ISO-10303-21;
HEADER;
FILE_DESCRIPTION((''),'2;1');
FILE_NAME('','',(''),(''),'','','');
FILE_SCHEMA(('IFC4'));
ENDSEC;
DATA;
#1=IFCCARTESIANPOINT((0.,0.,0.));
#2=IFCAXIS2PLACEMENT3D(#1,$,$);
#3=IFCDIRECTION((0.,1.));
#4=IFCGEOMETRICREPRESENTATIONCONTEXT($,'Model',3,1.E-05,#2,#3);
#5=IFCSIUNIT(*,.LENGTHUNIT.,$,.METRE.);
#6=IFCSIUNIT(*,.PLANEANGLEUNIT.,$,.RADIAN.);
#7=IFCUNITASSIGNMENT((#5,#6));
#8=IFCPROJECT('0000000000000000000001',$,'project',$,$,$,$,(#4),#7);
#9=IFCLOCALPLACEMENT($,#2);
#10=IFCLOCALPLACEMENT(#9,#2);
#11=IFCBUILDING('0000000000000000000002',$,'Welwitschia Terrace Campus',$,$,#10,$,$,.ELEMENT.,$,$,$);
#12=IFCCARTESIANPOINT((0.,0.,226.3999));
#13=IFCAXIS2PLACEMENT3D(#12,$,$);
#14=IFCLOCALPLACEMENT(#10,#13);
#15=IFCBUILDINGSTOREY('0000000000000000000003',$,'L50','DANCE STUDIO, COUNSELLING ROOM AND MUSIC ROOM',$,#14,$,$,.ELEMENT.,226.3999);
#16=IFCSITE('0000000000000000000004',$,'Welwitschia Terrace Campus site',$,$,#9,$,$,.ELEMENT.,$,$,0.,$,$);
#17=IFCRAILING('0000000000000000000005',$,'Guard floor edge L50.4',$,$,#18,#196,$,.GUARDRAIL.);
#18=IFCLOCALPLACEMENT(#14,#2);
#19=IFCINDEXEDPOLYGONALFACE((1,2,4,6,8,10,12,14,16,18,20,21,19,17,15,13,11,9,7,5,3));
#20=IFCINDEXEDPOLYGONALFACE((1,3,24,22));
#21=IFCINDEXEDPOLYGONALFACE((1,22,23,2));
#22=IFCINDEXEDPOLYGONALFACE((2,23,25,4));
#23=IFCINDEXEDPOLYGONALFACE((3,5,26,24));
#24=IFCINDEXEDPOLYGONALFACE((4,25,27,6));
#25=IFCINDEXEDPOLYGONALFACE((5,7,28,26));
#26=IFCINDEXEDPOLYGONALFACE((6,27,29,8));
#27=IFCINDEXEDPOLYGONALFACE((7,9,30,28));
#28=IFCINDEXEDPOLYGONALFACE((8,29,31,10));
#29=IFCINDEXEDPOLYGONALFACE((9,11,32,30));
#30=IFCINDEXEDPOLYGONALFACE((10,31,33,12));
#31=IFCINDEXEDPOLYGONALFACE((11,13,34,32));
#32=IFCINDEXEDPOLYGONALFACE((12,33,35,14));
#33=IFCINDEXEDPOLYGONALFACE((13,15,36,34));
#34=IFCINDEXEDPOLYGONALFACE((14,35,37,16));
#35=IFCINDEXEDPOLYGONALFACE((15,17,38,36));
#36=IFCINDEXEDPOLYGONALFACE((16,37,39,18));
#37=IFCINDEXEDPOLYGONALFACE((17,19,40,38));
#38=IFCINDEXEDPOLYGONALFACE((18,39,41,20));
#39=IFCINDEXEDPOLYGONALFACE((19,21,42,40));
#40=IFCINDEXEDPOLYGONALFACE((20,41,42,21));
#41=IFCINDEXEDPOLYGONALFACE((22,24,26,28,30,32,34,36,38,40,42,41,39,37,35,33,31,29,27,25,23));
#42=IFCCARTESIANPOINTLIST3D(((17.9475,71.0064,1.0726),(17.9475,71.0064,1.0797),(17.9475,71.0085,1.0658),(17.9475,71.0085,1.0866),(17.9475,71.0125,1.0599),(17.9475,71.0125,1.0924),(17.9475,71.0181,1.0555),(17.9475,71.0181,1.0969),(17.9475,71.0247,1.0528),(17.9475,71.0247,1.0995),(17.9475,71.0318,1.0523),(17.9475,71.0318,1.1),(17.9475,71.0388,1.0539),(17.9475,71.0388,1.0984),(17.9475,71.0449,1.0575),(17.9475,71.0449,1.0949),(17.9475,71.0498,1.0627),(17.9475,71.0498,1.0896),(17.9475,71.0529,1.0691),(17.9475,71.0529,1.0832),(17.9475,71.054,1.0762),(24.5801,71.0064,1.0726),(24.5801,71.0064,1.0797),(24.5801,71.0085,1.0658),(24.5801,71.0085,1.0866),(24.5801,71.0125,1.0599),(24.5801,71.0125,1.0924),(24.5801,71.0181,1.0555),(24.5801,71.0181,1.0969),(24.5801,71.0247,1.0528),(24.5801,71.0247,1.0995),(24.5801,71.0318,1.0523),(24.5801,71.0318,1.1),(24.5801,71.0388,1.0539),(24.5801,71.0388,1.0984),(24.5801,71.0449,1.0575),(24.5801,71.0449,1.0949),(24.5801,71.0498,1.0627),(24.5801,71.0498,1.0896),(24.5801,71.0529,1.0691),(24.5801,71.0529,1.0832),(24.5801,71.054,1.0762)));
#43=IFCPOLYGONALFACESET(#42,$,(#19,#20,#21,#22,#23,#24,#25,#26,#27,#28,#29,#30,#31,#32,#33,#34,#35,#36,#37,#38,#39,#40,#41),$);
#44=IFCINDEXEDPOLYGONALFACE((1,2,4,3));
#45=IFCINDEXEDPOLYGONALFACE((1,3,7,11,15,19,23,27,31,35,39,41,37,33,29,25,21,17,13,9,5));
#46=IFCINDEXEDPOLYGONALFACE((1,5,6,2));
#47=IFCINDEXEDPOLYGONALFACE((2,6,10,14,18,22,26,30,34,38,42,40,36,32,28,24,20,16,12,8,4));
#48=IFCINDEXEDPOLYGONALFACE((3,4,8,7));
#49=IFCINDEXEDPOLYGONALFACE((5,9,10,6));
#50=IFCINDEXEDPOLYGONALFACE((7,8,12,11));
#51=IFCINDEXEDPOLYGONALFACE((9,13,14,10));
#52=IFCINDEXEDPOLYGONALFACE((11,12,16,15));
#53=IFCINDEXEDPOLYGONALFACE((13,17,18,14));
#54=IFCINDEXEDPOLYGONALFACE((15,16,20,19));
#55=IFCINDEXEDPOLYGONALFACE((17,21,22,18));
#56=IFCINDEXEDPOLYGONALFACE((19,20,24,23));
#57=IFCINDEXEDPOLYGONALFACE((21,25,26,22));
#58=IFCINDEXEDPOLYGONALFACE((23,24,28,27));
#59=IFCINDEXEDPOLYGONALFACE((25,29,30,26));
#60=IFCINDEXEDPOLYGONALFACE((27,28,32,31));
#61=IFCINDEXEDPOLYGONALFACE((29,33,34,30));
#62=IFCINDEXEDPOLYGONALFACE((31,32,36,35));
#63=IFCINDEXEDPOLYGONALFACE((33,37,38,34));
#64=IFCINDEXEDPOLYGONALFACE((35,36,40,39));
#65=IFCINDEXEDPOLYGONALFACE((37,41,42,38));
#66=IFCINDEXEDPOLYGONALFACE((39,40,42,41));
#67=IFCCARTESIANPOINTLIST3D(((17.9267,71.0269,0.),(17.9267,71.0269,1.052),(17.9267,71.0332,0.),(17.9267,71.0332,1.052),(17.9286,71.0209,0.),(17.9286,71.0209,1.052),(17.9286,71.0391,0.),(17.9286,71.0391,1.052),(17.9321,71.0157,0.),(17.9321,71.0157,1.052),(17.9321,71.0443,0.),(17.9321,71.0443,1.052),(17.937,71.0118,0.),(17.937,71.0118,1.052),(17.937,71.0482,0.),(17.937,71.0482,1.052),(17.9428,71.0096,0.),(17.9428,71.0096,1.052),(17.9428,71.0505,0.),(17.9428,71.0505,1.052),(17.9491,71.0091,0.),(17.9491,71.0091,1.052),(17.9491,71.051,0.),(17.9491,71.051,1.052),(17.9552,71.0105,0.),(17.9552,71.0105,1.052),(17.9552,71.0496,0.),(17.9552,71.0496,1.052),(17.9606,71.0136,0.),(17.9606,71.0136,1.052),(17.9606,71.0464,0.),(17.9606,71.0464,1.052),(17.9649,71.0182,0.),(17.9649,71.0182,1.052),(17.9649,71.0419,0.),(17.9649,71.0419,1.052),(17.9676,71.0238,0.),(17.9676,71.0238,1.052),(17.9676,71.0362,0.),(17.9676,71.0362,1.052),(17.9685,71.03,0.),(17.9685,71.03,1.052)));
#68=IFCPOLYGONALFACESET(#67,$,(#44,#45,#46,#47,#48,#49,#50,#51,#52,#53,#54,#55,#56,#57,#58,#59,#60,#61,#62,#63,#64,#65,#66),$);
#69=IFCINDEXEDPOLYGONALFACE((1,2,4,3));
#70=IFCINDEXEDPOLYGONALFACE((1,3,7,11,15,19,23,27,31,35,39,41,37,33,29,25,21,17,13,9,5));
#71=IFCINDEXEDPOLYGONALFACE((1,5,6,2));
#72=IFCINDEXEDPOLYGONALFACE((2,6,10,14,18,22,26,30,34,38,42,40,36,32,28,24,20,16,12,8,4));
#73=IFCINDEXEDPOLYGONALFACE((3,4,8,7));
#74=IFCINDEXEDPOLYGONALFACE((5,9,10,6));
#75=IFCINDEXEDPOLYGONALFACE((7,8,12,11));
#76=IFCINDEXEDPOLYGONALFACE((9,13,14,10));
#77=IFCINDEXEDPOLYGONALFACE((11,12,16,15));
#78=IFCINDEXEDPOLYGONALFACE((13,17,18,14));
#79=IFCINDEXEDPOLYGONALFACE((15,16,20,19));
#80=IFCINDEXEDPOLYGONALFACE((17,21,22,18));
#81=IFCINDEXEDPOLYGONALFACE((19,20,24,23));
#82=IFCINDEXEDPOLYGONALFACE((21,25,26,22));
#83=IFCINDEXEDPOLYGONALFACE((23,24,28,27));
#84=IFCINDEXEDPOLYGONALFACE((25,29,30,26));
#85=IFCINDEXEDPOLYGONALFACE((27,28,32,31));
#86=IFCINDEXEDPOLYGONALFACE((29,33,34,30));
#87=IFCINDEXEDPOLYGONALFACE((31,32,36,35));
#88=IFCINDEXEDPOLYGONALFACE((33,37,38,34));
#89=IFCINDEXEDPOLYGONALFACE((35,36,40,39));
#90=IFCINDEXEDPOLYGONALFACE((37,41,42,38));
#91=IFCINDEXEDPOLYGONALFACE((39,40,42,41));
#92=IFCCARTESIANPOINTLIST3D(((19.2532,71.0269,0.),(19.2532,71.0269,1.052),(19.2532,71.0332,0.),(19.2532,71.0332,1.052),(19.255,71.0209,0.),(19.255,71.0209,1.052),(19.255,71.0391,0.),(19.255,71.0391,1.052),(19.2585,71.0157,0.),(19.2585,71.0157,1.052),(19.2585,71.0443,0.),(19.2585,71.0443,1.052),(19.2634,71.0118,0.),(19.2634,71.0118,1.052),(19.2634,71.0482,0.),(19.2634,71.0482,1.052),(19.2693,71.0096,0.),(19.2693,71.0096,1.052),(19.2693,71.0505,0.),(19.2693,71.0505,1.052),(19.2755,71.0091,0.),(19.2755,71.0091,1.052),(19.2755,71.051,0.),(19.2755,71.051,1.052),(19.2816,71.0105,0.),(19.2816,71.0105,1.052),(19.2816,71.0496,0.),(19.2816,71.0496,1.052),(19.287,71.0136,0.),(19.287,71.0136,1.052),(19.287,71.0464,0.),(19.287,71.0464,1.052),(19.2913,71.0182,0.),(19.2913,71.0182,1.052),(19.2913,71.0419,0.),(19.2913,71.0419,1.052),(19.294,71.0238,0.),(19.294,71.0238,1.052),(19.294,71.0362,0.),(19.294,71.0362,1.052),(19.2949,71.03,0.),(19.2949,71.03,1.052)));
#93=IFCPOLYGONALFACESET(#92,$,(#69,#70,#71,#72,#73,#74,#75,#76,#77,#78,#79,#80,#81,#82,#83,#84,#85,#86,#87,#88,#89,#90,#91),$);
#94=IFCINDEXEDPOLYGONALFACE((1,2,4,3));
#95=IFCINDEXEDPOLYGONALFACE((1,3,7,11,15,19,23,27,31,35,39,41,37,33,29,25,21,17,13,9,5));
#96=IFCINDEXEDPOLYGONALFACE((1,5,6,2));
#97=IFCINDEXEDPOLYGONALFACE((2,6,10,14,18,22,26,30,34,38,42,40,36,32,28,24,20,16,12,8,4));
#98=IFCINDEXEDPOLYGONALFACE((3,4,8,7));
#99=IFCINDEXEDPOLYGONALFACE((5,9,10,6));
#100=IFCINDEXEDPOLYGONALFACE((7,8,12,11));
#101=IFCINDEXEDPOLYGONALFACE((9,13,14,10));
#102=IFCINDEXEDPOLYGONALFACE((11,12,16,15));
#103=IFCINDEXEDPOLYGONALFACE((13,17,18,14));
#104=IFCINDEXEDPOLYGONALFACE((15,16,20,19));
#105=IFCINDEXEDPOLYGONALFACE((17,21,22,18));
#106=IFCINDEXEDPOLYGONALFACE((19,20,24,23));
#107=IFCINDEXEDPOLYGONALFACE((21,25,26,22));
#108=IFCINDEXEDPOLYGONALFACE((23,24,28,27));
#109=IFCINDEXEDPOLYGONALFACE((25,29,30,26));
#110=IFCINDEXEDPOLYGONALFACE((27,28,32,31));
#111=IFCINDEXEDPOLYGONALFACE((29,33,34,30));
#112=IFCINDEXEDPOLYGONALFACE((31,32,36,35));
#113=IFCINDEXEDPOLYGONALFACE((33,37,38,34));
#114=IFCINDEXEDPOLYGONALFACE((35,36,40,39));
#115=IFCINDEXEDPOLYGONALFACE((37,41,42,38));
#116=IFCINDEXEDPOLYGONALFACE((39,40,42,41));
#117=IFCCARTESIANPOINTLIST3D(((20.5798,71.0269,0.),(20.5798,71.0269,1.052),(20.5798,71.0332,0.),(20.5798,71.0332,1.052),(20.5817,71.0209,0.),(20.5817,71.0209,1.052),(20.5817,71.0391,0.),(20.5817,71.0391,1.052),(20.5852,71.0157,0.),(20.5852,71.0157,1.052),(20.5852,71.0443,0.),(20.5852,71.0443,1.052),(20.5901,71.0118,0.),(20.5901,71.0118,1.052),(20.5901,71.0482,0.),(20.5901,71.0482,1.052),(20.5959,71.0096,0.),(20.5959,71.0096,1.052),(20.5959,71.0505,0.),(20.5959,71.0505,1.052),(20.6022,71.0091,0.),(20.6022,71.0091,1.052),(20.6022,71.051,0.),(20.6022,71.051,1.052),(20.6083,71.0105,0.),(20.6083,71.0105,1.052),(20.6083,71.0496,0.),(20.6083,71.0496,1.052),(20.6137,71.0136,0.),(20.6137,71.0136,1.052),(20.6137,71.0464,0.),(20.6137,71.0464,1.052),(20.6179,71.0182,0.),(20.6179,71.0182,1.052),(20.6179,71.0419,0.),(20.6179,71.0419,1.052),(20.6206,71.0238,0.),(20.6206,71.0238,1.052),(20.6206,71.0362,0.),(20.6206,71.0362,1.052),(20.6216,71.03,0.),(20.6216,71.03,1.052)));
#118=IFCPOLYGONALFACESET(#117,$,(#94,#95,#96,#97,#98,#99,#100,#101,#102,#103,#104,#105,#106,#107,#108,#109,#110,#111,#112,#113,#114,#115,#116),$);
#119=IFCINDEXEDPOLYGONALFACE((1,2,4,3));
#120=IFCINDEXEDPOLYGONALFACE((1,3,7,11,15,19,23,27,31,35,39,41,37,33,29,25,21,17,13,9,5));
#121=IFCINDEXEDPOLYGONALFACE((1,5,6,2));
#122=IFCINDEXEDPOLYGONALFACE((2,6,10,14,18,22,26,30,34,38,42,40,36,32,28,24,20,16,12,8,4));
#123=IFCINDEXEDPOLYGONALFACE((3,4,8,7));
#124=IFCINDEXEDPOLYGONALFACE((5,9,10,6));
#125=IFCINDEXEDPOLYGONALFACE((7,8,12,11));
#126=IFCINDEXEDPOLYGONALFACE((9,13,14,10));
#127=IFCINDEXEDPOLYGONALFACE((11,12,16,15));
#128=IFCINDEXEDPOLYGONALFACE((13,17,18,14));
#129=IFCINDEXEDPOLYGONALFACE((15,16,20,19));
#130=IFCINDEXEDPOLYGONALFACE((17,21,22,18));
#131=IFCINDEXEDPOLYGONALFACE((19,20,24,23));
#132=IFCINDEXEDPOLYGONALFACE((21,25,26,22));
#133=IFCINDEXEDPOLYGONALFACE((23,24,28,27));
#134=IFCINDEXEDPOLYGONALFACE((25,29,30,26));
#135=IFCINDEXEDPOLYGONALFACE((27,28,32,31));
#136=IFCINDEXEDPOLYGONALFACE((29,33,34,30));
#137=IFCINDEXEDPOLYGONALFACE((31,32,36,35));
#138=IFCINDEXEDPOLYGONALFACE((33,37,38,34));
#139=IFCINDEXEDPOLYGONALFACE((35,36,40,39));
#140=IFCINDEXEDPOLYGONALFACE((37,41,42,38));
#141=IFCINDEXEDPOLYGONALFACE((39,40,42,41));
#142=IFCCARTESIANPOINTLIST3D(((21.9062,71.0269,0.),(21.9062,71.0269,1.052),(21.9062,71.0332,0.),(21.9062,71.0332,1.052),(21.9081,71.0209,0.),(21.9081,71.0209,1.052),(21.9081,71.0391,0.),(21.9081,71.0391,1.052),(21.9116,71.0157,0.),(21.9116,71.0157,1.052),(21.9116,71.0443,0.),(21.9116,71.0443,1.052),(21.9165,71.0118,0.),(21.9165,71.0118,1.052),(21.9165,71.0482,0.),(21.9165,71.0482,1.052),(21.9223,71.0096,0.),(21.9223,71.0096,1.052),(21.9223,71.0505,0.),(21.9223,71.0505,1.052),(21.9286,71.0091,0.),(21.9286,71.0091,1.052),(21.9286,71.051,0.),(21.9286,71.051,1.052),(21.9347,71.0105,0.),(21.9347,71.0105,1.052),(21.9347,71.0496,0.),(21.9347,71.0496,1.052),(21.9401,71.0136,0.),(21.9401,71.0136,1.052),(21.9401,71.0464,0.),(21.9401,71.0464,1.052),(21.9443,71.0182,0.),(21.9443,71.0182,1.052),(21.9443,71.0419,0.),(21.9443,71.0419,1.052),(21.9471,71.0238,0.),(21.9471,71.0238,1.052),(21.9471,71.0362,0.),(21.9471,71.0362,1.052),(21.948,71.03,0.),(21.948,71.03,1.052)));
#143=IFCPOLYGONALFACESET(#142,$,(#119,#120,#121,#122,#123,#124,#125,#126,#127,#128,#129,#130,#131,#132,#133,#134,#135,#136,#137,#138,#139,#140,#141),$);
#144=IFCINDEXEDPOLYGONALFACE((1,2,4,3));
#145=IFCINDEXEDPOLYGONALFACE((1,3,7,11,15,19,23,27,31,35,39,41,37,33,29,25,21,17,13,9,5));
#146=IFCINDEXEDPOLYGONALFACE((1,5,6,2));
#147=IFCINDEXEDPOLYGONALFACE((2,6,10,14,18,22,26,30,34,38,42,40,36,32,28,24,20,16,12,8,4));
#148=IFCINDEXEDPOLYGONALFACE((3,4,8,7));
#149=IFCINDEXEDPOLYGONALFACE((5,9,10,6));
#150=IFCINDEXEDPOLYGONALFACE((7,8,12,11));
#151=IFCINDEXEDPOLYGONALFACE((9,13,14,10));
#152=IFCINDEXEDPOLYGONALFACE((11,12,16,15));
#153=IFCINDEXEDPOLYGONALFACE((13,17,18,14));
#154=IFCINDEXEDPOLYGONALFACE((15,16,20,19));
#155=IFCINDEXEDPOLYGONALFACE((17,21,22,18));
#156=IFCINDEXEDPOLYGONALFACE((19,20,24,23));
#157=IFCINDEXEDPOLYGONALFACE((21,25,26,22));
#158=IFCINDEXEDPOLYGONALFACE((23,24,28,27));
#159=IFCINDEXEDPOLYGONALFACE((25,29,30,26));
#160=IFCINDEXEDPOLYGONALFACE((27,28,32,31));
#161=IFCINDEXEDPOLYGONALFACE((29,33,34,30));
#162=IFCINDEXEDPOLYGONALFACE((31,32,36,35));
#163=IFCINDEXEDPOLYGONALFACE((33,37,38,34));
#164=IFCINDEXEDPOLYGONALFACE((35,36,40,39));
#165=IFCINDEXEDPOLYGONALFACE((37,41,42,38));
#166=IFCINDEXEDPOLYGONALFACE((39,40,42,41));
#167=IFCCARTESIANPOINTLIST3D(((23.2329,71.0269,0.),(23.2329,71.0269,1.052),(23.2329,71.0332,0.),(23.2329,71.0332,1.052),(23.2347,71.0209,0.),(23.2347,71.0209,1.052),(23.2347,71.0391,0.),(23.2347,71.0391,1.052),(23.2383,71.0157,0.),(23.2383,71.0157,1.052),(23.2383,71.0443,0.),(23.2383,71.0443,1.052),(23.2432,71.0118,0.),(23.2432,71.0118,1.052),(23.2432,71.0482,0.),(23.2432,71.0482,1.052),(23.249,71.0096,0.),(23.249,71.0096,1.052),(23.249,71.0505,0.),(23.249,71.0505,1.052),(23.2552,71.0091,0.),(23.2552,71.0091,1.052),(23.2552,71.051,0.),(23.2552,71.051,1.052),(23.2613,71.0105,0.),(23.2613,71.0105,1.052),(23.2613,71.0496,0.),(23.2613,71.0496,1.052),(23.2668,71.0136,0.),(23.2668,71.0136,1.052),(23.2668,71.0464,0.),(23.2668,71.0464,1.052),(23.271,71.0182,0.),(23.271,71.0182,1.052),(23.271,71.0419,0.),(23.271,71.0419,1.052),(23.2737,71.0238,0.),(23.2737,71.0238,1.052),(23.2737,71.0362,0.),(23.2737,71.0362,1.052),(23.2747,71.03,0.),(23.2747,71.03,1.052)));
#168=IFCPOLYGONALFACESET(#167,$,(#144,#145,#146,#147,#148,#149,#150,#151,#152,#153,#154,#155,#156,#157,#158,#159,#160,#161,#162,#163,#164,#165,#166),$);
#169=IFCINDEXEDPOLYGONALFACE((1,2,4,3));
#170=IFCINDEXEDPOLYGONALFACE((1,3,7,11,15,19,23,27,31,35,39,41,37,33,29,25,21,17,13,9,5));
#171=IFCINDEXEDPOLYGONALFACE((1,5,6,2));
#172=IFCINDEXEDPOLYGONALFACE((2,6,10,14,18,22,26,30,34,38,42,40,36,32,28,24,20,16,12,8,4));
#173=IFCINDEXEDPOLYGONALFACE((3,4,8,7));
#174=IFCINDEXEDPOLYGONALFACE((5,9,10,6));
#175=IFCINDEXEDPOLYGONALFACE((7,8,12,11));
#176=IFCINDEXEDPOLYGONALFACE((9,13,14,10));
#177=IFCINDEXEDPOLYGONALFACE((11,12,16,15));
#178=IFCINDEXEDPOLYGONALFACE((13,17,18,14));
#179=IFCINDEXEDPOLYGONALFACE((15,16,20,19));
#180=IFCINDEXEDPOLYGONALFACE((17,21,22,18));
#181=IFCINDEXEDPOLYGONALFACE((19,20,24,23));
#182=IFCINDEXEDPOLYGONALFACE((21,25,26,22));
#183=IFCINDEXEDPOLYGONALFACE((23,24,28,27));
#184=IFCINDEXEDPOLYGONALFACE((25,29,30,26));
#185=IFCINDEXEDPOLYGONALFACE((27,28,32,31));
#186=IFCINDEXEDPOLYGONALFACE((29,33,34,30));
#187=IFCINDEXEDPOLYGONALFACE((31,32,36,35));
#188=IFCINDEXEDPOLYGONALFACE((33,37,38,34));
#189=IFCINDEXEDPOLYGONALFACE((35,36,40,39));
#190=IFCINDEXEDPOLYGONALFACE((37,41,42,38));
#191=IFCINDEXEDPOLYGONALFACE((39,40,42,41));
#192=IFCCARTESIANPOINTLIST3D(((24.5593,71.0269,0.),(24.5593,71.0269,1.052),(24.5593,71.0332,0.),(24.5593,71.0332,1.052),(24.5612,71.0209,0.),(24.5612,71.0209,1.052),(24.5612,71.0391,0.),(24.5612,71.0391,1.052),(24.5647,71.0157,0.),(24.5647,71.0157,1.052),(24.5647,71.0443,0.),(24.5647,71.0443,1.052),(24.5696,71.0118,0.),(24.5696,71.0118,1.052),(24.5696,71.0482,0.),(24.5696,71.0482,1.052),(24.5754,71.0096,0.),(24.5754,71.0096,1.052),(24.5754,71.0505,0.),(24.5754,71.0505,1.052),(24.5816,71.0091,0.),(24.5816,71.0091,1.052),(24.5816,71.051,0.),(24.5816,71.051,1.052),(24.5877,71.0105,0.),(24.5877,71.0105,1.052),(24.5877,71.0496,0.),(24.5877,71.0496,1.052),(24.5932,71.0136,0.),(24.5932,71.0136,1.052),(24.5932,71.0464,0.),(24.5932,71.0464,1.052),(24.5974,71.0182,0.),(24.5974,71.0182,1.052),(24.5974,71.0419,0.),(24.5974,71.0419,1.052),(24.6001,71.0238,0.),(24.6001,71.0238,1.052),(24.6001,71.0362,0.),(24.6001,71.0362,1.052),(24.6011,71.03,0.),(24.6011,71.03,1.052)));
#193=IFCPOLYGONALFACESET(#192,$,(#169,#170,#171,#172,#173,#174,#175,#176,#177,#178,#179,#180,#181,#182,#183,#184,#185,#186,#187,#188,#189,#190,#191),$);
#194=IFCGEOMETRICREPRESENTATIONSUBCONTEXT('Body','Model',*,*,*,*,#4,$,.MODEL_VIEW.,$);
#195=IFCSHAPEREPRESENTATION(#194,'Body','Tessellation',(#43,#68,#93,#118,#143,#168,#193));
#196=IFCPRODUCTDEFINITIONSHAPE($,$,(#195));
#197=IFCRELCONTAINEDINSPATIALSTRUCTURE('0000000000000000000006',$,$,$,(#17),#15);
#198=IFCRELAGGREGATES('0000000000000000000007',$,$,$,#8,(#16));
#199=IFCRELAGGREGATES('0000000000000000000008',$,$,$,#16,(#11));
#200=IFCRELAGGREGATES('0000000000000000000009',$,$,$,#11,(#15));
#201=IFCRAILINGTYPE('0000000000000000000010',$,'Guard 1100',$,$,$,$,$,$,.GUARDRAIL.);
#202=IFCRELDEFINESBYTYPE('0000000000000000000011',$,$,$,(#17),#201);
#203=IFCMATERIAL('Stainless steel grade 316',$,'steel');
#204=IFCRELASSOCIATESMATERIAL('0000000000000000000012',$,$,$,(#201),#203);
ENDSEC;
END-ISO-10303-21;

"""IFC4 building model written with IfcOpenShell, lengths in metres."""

from ifc_helpers import new_model, si_unit, direction, frame, origin, origin_2d, place, context, subcontext, project, spatial, circle, extrude, material, type_object, element, save


model = new_model("IFC4")

# Units and contexts
model_context = context("Model", 3, precision=1e-05, world=origin(), true_north=direction((0.0, 1.0)))
body_context = subcontext(model_context, "Body", "Model", "MODEL_VIEW")
ifc_project = project(units=[si_unit("LENGTHUNIT", "METRE"), si_unit("PLANEANGLEUNIT", "RADIAN")], contexts=[model_context])

# Site, building, storey
site_placement = place(None, origin())
site = spatial("IfcSite", under=ifc_project, at=site_placement, Name="Welwitschia Terrace Campus site", CompositionType="ELEMENT", RefElevation=0.0)
building_placement = place(site_placement, origin())
building = spatial("IfcBuilding", under=site, at=building_placement, Name="Welwitschia Terrace Campus", CompositionType="ELEMENT")
storey_placement = place(building_placement, frame((0.0, 0.0, 226.3999)))
storey = spatial("IfcBuildingStorey", under=building, at=storey_placement, Name="L50", Description="DANCE STUDIO, COUNSELLING ROOM AND MUSIC ROOM", CompositionType="ELEMENT", Elevation=226.3999)

# Railing
ifc_material_1 = material(Name="Stainless steel grade 316", Category="steel")
railing_type = type_object("IfcRailingType", Name="Guard 1100", PredefinedType="GUARDRAIL", material=ifc_material_1)
railing_placement = place(storey_placement, frame((17.9475, 71.03, 0.0)))
element("IfcRailing", 1, at=railing_placement, inside=storey, type_object=railing_type, Name="Guard floor edge L50.4", PredefinedType="GUARDRAIL", context=body_context, shape_type="SweptSolid", body=[
    extrude(circle(Radius=0.0239, at=origin_2d()), frame((0.0, 0.0, 1.0762), z_axis=(1.0, 0.0, 0.0), x_axis=(0.0, 1.0, 0.0)), (0.0, 0.0, 1.0), 6.6326),
    extrude(circle(Radius=0.021, at=origin_2d()), origin(), (0.0, 0.0, 1.0), 1.052),
    extrude(circle(Radius=0.021, at=origin_2d()), frame((1.3264, 0.0, 0.0)), (0.0, 0.0, 1.0), 1.052),
    extrude(circle(Radius=0.021, at=origin_2d()), frame((2.6531, 0.0, 0.0)), (0.0, 0.0, 1.0), 1.052),
    extrude(circle(Radius=0.021, at=origin_2d()), frame((3.9795, 0.0, 0.0)), (0.0, 0.0, 1.0), 1.052),
    extrude(circle(Radius=0.021, at=origin_2d()), frame((5.3062, 0.0, 0.0)), (0.0, 0.0, 1.0), 1.052),
    extrude(circle(Radius=0.021, at=origin_2d()), frame((6.6326, 0.0, 0.0)), (0.0, 0.0, 1.0), 1.052),
])

save(model, "model.ifc")
